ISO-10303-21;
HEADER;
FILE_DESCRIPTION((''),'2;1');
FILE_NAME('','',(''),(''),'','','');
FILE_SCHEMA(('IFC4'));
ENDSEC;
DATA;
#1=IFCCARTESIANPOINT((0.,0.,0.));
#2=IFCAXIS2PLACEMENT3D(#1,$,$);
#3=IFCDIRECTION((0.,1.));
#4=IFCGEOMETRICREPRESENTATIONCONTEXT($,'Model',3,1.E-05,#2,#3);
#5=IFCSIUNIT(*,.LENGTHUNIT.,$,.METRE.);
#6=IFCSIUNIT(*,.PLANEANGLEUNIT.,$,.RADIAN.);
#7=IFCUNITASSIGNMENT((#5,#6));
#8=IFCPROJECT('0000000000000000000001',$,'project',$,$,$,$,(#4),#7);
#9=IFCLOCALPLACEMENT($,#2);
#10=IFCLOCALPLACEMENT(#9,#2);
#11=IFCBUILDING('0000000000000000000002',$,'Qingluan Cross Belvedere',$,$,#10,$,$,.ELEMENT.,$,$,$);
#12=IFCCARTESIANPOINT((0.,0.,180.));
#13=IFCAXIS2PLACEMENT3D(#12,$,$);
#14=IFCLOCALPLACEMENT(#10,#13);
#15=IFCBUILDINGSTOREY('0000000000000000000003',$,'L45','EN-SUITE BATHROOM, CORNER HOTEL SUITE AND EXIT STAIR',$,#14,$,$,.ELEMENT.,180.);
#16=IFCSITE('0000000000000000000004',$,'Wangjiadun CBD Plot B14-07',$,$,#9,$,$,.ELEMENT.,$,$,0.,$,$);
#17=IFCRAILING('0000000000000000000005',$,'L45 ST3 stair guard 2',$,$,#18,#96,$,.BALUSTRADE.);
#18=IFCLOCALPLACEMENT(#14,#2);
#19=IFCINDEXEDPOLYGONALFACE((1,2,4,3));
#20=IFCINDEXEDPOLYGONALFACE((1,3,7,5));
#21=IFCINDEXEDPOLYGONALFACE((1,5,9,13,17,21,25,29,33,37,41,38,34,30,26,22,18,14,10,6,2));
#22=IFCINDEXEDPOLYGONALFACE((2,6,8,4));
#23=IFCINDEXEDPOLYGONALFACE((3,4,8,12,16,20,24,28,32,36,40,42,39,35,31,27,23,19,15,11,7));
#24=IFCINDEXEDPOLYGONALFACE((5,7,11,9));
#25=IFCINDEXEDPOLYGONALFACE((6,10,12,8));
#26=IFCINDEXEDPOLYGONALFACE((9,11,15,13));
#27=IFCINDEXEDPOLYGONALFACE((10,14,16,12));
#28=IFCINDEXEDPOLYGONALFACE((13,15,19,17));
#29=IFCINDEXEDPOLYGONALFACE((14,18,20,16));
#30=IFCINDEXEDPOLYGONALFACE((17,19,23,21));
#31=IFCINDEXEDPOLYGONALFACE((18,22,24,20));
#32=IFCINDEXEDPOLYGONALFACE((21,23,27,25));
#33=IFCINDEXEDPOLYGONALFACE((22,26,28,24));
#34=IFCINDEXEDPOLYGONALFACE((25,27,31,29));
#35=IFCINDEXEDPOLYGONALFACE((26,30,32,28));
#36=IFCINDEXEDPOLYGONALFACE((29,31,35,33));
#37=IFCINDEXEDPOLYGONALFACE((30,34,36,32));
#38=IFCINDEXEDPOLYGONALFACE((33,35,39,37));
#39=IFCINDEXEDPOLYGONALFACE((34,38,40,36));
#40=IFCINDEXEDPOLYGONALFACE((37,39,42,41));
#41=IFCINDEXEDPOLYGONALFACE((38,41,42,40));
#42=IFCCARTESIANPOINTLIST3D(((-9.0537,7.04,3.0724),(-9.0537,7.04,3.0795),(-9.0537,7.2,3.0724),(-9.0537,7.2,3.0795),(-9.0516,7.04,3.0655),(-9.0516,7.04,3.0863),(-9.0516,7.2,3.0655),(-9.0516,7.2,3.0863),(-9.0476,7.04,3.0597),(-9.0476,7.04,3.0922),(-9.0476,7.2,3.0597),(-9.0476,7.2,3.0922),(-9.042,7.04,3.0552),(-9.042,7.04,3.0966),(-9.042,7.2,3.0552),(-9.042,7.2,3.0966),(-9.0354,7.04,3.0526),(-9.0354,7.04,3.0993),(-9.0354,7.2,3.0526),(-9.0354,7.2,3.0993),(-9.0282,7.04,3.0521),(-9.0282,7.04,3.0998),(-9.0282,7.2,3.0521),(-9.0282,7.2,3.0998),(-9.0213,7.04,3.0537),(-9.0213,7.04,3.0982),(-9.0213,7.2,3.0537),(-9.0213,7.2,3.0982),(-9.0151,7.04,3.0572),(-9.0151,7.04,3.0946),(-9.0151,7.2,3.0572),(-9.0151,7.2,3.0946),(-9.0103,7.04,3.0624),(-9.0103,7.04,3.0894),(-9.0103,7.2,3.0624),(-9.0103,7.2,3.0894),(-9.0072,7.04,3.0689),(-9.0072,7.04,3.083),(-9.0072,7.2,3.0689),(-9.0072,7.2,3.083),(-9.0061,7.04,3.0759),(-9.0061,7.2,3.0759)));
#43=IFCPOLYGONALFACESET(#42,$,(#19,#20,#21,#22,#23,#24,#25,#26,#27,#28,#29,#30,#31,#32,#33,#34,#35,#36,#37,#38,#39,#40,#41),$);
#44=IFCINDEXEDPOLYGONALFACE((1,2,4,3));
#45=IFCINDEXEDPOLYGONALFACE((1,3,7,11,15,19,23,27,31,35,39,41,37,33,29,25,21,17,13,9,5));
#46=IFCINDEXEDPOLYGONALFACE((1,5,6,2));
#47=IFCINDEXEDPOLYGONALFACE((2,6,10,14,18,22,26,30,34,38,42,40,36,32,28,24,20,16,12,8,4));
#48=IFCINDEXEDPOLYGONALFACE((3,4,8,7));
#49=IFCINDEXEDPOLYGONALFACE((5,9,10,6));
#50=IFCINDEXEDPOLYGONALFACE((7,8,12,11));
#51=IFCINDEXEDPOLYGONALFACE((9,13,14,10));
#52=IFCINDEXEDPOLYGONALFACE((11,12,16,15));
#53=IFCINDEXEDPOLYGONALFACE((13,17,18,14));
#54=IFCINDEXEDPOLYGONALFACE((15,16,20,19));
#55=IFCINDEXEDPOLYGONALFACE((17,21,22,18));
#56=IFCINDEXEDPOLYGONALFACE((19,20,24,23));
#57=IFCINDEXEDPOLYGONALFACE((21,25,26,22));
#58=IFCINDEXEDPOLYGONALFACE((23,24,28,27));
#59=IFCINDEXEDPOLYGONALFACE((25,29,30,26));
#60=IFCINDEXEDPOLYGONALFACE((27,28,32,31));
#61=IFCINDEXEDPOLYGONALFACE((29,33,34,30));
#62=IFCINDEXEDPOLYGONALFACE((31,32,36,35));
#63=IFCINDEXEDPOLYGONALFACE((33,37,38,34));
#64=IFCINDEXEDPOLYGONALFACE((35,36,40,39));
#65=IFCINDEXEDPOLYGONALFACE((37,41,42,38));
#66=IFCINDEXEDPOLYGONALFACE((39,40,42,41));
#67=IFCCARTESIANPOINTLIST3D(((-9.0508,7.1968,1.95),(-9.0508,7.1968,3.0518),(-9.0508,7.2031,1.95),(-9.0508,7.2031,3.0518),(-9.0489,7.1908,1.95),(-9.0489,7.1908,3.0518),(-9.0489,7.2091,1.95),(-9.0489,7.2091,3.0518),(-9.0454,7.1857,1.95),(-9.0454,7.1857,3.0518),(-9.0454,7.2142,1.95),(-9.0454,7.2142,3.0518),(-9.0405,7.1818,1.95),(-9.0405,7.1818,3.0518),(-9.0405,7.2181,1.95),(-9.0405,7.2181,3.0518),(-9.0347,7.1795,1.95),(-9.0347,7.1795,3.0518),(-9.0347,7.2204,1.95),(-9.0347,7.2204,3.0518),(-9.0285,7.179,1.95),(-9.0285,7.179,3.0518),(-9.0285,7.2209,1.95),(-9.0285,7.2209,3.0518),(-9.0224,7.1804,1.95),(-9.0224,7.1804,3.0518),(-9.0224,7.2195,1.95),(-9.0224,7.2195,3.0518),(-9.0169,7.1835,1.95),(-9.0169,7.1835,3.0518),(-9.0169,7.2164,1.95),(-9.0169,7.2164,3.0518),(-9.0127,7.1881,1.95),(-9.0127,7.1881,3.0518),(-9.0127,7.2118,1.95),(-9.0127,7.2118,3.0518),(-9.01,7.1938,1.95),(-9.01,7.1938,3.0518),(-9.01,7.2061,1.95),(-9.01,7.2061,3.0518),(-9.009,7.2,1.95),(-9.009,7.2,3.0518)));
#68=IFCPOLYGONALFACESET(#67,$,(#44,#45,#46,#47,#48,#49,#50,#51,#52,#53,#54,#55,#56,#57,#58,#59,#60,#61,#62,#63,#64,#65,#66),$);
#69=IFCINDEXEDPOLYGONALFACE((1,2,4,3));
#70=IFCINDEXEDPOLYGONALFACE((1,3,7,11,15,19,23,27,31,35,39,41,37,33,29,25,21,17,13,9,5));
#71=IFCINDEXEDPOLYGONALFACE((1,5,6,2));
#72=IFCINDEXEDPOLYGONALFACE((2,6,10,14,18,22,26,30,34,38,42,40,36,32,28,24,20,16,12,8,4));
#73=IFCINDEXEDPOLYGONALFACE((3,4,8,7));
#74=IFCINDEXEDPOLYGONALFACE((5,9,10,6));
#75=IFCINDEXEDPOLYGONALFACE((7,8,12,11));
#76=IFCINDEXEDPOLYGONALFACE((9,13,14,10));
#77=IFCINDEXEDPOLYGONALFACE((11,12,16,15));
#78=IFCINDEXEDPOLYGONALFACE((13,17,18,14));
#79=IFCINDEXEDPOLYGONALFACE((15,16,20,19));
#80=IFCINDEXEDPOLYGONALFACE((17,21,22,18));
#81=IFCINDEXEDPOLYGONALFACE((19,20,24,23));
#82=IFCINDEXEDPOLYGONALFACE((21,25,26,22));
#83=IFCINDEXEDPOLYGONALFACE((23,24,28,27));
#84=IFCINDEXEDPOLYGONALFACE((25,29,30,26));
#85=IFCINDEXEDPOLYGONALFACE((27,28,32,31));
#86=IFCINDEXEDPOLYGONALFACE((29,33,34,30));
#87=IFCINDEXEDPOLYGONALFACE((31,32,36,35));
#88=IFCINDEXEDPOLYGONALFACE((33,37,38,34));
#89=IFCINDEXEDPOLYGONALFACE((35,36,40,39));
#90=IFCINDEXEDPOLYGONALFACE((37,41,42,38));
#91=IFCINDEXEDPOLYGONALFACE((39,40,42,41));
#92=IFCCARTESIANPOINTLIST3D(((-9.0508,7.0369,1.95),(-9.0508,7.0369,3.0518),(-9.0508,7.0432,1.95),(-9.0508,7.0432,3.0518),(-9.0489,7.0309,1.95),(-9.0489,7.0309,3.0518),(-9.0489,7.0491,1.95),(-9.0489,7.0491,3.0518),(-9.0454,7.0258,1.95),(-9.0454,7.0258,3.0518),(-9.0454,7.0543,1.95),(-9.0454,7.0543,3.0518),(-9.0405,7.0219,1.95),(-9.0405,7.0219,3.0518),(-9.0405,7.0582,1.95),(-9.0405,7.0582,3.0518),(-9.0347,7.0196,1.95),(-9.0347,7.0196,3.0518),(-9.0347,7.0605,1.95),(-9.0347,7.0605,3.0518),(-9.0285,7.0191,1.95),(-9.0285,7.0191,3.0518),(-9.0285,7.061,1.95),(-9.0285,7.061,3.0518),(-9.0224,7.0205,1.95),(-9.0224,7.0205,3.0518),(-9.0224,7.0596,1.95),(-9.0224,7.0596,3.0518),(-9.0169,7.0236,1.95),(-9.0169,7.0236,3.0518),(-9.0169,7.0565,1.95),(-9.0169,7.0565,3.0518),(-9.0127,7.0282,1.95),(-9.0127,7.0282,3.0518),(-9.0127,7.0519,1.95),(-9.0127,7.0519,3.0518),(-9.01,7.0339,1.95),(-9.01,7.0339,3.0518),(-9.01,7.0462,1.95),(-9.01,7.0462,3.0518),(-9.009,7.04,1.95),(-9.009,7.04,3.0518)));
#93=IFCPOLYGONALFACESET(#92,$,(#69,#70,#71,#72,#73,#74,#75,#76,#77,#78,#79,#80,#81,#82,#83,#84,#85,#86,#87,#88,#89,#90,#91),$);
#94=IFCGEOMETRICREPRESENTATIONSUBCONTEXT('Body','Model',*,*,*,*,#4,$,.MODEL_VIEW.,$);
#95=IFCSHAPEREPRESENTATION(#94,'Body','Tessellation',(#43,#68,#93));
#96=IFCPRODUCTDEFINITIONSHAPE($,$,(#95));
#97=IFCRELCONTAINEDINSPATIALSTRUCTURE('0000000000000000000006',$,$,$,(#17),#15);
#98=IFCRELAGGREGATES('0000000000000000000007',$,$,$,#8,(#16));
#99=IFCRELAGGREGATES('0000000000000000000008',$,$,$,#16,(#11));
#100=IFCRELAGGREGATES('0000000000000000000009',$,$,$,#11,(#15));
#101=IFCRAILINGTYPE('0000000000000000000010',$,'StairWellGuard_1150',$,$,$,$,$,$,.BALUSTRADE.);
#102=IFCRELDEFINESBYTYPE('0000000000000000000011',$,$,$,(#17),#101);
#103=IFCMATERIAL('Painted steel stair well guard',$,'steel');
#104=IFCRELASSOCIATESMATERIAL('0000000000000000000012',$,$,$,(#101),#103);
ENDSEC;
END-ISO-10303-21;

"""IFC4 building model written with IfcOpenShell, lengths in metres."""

from ifc_helpers import new_model, si_unit, direction, frame, origin, origin_2d, place, context, subcontext, project, spatial, circle, extrude, material, type_object, element, save


model = new_model("IFC4")

# Units and contexts
model_context = context("Model", 3, precision=1e-05, world=origin(), true_north=direction((0.0, 1.0)))
body_context = subcontext(model_context, "Body", "Model", "MODEL_VIEW")
ifc_project = project(units=[si_unit("LENGTHUNIT", "METRE"), si_unit("PLANEANGLEUNIT", "RADIAN")], contexts=[model_context])

# Site, building, storey
site_placement = place(None, origin())
site = spatial("IfcSite", under=ifc_project, at=site_placement, Name="Wangjiadun CBD Plot B14-07", CompositionType="ELEMENT", RefElevation=0.0)
building_placement = place(site_placement, origin())
building = spatial("IfcBuilding", under=site, at=building_placement, Name="Qingluan Cross Belvedere", CompositionType="ELEMENT")
storey_placement = place(building_placement, frame((0.0, 0.0, 180.0)))
storey = spatial("IfcBuildingStorey", under=building, at=storey_placement, Name="L45", Description="EN-SUITE BATHROOM, CORNER HOTEL SUITE AND EXIT STAIR", CompositionType="ELEMENT", Elevation=180.0)

# Railing
ifc_material_1 = material(Name="Painted steel stair well guard", Category="steel")
railing_type_1 = type_object("IfcRailingType", Name="StairWellGuard_1150", PredefinedType="BALUSTRADE", material=ifc_material_1)
railing_1_placement = place(storey_placement, frame((-9.03, 7.2, 1.95)))
element("IfcRailing", 1, at=railing_1_placement, inside=storey, type_object=railing_type_1, Name="L45 ST3 stair guard 2", PredefinedType="BALUSTRADE", context=body_context, shape_type="SweptSolid", body=[
    extrude(circle(Radius=0.0239, at=origin_2d()), frame((0.0, 0.0, 1.126), z_axis=(0.0, -1.0, 0.0), x_axis=(1.0, 0.0, 0.0)), (0.0, 0.0, 1.0), 0.1599),
    extrude(circle(Radius=0.021, at=origin_2d()), origin(), (0.0, 0.0, 1.0), 1.1018),
    extrude(circle(Radius=0.021, at=origin_2d()), frame((0.0, -0.1599, 0.0)), (0.0, 0.0, 1.0), 1.1018),
])

save(model, "model.ifc")
